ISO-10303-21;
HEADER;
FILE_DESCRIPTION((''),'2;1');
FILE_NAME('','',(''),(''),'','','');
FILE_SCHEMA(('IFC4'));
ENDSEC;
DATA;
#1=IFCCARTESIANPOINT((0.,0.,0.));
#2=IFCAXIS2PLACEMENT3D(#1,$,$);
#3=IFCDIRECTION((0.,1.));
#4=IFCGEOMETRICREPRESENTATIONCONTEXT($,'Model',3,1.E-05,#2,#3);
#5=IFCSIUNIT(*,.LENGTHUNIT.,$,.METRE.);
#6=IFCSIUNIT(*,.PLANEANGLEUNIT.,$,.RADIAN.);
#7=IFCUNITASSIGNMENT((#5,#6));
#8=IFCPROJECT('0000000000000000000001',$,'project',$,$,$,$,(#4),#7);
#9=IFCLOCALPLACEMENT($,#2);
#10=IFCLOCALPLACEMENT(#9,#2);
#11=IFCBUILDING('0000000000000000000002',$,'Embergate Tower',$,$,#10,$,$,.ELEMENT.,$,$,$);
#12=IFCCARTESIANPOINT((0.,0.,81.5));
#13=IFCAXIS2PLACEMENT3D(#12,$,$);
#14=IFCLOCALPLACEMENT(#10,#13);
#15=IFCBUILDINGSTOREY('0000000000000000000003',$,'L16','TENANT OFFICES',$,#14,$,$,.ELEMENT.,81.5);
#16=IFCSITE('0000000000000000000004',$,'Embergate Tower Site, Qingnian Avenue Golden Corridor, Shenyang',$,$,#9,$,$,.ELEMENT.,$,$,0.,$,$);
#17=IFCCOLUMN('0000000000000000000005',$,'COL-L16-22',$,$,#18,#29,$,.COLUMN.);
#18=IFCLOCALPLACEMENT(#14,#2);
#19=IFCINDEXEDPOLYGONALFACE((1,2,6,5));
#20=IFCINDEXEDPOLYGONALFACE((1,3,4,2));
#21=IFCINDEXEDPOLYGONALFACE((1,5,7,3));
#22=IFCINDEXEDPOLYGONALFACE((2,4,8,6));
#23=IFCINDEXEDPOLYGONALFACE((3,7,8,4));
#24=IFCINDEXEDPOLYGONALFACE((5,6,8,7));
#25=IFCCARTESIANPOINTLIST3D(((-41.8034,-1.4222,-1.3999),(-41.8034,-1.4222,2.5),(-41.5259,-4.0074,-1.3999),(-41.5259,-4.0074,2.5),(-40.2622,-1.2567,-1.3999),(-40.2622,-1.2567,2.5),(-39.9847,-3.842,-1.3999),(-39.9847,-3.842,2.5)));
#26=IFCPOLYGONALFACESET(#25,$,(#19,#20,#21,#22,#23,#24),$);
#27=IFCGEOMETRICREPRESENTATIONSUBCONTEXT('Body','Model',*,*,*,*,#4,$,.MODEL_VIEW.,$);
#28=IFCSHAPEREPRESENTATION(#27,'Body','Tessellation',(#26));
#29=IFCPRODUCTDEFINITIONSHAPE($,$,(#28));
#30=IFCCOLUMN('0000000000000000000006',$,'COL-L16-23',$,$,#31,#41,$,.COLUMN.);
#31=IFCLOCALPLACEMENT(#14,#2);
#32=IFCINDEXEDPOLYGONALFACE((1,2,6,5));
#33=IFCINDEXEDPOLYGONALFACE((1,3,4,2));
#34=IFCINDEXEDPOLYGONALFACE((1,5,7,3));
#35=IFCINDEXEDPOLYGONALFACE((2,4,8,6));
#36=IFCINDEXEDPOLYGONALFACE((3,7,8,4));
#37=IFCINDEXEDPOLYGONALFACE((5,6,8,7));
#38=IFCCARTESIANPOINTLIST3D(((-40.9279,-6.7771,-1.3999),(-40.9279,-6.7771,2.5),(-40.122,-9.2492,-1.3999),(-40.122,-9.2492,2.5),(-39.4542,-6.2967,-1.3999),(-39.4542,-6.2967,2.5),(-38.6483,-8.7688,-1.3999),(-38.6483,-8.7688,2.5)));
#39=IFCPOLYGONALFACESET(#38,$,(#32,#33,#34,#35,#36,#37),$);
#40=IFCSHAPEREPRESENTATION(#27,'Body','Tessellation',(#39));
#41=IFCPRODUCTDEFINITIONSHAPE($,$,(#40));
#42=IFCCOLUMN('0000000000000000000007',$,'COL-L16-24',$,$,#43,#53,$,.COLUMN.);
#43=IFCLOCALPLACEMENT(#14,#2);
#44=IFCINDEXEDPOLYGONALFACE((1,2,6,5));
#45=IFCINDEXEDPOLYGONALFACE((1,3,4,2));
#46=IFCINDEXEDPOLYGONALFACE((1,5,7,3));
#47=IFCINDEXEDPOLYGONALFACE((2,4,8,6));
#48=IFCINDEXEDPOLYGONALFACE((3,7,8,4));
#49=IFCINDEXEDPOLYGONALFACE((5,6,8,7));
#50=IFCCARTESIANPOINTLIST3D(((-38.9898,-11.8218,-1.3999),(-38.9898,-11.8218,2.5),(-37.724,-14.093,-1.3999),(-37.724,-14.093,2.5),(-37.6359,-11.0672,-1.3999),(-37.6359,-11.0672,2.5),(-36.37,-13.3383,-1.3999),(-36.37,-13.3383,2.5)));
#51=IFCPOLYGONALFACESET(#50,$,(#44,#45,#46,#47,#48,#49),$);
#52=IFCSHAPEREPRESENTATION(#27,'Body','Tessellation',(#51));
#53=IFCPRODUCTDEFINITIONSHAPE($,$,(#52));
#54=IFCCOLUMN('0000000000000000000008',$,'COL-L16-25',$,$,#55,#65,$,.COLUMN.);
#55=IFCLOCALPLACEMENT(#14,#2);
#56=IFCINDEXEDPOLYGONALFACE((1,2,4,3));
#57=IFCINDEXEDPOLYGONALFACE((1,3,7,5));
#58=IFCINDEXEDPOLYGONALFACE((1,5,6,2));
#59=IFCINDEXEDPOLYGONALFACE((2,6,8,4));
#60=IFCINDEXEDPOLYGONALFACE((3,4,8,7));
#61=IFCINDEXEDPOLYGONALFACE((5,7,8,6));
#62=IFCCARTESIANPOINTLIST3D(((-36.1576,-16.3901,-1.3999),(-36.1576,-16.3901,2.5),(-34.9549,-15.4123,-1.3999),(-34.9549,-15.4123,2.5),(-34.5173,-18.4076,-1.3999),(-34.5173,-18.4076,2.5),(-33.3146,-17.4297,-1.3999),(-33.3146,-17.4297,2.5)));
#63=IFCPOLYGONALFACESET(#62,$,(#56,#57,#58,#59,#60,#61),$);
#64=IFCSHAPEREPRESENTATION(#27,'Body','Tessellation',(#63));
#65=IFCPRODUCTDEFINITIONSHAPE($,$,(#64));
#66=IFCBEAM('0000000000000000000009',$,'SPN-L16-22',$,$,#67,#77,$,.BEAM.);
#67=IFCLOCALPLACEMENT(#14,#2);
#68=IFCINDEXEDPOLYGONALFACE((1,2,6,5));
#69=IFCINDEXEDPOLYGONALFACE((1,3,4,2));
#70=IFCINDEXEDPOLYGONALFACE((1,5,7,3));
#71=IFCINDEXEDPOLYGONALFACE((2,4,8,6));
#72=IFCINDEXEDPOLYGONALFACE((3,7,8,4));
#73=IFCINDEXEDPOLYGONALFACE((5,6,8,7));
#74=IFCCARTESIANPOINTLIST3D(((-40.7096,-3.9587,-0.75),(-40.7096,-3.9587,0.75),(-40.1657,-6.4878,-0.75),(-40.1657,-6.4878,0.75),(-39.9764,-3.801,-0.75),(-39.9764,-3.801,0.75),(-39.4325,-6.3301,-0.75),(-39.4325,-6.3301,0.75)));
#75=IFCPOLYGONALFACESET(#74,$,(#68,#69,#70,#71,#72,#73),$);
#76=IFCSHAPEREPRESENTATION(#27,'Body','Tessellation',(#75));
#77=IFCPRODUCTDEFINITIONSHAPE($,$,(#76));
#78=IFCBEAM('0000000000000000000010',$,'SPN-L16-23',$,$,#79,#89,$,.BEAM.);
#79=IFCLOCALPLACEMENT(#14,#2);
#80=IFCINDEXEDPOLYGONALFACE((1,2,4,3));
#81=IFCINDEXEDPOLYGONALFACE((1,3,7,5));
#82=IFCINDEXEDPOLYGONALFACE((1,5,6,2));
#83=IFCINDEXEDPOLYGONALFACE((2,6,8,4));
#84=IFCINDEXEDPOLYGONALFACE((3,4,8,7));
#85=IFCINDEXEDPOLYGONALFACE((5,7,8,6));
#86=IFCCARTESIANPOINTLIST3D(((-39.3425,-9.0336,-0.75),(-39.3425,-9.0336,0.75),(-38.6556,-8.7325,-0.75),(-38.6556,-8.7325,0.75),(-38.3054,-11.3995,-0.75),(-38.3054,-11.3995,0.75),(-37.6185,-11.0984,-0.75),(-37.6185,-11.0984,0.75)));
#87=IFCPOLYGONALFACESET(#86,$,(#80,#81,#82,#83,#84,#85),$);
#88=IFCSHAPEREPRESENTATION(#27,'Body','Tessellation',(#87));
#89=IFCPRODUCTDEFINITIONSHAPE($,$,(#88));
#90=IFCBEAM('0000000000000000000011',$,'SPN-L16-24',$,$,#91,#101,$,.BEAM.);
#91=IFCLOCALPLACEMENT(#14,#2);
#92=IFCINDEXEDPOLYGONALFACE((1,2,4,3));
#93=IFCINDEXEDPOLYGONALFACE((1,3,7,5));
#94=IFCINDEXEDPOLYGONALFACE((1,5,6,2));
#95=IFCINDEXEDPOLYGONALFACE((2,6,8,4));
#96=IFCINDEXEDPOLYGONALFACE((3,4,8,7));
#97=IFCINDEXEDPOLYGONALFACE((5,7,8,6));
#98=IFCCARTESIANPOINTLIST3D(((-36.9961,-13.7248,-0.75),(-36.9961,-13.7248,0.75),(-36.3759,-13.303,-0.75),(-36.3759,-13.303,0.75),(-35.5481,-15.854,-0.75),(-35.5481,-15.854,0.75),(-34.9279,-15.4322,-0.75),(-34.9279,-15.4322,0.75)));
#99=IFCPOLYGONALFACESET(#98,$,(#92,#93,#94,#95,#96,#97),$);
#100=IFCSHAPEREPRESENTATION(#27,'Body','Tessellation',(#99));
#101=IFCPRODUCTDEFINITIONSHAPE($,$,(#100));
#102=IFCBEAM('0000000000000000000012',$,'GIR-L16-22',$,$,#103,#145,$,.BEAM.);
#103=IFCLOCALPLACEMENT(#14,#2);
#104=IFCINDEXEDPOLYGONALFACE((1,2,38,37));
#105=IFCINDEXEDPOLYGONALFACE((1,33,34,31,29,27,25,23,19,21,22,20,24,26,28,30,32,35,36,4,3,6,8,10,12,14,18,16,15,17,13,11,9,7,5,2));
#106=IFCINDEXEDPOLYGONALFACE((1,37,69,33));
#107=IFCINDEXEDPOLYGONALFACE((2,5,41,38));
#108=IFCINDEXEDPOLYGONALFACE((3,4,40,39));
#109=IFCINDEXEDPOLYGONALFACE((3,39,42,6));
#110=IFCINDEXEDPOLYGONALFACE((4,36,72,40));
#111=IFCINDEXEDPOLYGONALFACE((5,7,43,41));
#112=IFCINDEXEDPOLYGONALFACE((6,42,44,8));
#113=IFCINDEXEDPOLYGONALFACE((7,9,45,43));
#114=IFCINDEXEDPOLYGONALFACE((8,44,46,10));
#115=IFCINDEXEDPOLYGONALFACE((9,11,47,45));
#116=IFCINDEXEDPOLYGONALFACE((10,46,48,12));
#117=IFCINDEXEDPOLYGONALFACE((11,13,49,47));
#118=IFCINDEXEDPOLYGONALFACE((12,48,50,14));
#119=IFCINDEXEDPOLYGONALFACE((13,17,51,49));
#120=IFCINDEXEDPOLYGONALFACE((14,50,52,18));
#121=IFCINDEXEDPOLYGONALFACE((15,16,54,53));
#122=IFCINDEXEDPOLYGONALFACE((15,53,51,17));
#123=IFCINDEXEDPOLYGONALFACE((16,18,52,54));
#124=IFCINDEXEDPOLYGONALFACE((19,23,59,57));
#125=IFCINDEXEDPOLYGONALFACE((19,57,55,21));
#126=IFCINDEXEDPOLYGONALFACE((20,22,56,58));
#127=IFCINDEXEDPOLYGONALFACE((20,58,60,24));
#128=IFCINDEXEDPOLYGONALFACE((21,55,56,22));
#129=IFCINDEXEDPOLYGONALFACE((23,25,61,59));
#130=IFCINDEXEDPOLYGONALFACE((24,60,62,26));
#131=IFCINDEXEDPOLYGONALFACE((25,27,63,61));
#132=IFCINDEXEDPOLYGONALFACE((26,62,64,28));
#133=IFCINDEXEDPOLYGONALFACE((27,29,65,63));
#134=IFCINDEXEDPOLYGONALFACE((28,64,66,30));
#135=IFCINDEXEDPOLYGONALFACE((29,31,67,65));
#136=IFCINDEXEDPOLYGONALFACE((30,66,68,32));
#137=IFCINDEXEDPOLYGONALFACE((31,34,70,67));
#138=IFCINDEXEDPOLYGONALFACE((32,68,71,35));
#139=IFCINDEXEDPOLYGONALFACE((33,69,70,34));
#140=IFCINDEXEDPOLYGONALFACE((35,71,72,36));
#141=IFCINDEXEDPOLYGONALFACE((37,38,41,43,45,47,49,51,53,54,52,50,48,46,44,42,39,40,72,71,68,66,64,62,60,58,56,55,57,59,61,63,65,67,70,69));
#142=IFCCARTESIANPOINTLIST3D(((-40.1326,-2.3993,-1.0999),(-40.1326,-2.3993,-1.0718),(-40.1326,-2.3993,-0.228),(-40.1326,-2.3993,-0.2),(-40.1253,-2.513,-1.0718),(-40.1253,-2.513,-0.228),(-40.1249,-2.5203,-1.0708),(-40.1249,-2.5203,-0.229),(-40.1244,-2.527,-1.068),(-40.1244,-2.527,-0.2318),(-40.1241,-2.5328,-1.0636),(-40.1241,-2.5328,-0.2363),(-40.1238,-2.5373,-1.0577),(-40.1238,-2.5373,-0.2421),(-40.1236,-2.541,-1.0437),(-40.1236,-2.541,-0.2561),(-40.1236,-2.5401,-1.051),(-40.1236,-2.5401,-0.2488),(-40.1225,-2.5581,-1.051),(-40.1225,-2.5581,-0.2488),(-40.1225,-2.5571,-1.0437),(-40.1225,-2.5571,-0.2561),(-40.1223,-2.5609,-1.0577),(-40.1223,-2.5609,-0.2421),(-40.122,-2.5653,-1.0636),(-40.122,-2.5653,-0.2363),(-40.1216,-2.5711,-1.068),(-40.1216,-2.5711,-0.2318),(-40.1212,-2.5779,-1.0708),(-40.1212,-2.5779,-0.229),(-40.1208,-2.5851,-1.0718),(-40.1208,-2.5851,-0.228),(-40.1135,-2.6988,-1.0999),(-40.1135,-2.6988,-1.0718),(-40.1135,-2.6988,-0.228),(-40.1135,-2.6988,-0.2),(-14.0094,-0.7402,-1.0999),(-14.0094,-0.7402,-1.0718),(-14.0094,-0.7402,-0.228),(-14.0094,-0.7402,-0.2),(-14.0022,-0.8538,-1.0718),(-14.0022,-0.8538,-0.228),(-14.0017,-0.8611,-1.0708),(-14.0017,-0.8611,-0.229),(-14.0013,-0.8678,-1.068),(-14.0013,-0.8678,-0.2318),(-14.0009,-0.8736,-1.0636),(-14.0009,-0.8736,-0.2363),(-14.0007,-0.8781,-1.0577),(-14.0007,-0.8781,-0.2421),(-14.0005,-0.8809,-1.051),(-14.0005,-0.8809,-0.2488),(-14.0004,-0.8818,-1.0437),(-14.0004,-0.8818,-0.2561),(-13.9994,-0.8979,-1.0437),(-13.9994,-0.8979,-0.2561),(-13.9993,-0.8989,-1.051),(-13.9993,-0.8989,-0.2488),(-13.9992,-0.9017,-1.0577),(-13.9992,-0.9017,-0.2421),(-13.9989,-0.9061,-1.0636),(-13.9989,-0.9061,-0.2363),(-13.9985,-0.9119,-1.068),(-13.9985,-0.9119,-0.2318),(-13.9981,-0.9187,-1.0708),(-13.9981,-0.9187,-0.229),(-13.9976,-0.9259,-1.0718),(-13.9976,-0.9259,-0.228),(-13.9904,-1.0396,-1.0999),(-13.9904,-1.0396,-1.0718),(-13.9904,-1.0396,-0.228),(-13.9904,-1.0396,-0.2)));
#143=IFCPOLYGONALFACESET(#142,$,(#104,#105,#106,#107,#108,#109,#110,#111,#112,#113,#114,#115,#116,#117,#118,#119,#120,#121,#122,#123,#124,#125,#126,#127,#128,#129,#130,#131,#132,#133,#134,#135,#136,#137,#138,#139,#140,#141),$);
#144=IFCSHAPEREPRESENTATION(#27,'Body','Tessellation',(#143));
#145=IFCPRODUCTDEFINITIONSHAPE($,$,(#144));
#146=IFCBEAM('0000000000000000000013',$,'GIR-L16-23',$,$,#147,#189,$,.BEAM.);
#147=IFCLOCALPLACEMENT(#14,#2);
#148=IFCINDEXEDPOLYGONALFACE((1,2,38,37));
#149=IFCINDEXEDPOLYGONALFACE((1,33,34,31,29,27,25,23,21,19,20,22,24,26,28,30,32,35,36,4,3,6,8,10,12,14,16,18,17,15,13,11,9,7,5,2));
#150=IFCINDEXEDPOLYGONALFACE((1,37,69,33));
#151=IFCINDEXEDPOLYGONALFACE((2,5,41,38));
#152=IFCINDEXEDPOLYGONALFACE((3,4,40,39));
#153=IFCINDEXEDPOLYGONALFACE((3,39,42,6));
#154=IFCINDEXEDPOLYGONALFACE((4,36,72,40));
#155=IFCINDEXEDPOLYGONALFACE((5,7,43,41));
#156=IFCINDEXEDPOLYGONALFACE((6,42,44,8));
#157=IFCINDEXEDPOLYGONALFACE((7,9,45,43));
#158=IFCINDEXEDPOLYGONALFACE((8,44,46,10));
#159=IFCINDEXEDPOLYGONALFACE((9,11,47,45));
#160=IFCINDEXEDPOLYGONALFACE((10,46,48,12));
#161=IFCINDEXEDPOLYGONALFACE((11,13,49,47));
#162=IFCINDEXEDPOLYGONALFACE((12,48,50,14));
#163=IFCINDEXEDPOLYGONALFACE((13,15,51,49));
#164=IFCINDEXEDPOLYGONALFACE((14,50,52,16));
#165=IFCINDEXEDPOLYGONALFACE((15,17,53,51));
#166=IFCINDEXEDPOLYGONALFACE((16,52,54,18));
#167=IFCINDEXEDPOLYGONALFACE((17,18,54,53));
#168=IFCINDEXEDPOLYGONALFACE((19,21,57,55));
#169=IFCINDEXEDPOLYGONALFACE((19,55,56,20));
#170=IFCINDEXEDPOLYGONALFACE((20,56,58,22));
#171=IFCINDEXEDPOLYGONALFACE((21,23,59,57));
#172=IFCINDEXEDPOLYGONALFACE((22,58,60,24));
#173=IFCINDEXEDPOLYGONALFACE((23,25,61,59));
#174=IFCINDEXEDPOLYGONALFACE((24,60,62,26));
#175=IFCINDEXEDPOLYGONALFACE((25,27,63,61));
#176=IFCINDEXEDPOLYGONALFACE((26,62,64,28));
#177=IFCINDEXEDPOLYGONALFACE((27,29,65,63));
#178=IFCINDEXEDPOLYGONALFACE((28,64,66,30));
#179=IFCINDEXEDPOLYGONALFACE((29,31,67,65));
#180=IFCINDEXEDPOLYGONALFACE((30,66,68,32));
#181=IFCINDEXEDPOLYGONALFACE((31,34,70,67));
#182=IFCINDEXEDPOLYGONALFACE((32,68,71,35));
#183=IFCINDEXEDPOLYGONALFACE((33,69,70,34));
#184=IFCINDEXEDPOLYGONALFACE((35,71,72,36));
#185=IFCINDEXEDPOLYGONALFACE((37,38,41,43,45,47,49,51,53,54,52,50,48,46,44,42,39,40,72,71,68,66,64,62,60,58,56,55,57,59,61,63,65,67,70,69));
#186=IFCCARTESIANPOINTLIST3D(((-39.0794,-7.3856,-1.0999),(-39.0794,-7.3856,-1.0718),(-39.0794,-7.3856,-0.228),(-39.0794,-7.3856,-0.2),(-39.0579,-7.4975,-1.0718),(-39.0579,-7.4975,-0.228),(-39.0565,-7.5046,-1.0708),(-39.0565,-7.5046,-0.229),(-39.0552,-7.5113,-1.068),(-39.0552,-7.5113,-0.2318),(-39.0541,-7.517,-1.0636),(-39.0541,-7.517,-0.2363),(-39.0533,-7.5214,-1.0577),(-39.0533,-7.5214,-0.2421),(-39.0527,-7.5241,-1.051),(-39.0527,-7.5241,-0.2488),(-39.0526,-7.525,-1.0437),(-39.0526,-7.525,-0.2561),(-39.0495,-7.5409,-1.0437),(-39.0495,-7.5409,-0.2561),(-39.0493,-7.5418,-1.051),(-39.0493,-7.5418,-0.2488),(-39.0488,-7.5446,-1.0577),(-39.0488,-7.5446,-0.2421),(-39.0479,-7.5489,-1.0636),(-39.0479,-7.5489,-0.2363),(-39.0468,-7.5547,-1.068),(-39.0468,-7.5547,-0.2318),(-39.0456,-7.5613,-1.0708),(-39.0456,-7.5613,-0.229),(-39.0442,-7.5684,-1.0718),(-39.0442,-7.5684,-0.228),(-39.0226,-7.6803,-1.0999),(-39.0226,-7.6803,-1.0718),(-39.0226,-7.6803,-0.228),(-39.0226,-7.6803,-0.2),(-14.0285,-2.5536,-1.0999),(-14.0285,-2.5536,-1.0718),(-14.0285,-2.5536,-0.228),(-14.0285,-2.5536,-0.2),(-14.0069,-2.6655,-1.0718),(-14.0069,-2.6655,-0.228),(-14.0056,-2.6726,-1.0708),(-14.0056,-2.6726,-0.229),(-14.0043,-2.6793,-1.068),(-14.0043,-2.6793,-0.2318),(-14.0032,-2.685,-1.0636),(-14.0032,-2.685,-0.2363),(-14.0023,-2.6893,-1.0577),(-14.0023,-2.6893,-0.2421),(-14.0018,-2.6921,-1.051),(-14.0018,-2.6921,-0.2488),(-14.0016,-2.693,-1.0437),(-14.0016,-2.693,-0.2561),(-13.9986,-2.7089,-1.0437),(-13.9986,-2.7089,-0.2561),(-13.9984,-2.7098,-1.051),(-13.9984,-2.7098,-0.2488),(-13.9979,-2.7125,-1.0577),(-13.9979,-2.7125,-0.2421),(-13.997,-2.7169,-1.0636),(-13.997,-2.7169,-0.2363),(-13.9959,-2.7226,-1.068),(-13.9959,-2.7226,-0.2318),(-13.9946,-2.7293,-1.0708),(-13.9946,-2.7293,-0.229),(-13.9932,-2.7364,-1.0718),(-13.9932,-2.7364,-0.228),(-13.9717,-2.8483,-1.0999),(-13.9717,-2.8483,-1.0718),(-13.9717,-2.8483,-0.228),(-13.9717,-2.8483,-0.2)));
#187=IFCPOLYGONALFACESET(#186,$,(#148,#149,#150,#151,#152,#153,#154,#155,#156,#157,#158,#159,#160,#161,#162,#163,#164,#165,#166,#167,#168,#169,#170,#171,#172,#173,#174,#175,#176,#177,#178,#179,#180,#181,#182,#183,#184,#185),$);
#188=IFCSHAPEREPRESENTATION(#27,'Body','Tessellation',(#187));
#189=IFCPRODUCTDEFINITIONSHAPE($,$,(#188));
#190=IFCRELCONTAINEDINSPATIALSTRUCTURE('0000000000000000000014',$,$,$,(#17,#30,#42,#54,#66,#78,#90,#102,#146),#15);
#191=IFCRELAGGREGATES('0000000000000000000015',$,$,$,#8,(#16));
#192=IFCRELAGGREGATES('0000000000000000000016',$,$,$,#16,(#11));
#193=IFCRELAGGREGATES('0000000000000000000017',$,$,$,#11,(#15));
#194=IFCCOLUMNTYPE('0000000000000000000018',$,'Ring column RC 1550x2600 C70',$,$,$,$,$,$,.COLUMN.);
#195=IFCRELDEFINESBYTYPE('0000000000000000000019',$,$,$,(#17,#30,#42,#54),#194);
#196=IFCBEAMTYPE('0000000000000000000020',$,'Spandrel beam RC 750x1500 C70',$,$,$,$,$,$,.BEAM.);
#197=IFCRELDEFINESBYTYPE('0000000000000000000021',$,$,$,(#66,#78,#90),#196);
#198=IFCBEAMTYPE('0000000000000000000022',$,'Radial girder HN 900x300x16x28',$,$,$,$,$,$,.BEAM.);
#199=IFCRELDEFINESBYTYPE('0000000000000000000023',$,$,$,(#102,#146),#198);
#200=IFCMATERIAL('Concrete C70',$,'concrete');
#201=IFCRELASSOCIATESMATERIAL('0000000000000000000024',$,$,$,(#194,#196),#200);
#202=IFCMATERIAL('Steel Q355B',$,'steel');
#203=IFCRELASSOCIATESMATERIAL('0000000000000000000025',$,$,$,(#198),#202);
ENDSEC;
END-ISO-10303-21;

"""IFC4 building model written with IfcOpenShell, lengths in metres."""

from ifc_helpers import new_model, si_unit, direction, frame, origin, origin_2d, place, context, subcontext, project, spatial, rectangle, i_section, extrude, source, transform, mapped, material, material_profile, profile_set, type_object, element, save


model = new_model("IFC4")

# Units and contexts
model_context = context("Model", 3, precision=1e-05, world=origin(), true_north=direction((0.0, 1.0)))
body_context = subcontext(model_context, "Body", "Model", "MODEL_VIEW")
ifc_project = project(units=[si_unit("LENGTHUNIT", "METRE"), si_unit("PLANEANGLEUNIT", "RADIAN")], contexts=[model_context])

# Site, building, storey
site_placement = place(None, origin())
site = spatial("IfcSite", under=ifc_project, at=site_placement, Name="Embergate Tower Site, Qingnian Avenue Golden Corridor, Shenyang", CompositionType="ELEMENT", RefElevation=0.0)
building_placement = place(site_placement, origin())
building = spatial("IfcBuilding", under=site, at=building_placement, Name="Embergate Tower", CompositionType="ELEMENT")
storey_placement = place(building_placement, frame((0.0, 0.0, 81.5)))
storey = spatial("IfcBuildingStorey", under=building, at=storey_placement, Name="L16", Description="TENANT OFFICES", CompositionType="ELEMENT", Elevation=81.5)

# Columns
ifc_material_1 = material(Name="Concrete C70", Category="concrete")
ifc_material_profile_1 = material_profile(ifc_material_1, rectangle(XDim=1.55, YDim=2.6001, at=origin_2d()), Name="RC 1550x2600")
ifc_profile_set_1 = profile_set([ifc_material_profile_1], Name="Concrete C70")
column_type = type_object("IfcColumnType", Name="Ring column RC 1550x2600 C70", PredefinedType="COLUMN", material=ifc_profile_set_1)
shared_shape_1 = source(origin(), body_context, "Body", "SweptSolid", [
    extrude(rectangle(XDim=1.55, YDim=2.6001, at=origin_2d()), origin(), (0.0, 0.0, 1.0), 3.8999),
])
for number, where, z_axis, x_axis, name in (
    (1, (-40.894, -2.6321, -1.3999), (0.0, 0.0, 1.0), (-0.994286, -0.10675, 0.0), "COL-L16-22"),
    (2, (-39.7881, -7.7729, -1.3999), (0.0, 0.0, 1.0), (-0.950754, -0.309946, 0.0), "COL-L16-23"),
    (3, (-37.6799, -12.5801, -1.3999), (0.0, 0.0, 1.0), (-0.873492, -0.486839, 0.0), "COL-L16-24"),
    (4, (-34.7361, -16.9099, -1.3999), (0.0, 0.0, 1.0), (-0.775914, -0.630838, 0.0), "COL-L16-25"),
):
    element("IfcColumn", number, at=place(storey_placement, frame(where, z_axis=z_axis, x_axis=x_axis)), inside=storey, type_object=column_type, Name=name, PredefinedType="COLUMN", context=body_context, shape_type="MappedRepresentation", body=[
        mapped(shared_shape_1, transform((0.0, 0.0, 0.0))),
    ])

# Beams
ifc_material_profile_2 = material_profile(ifc_material_1, rectangle(XDim=0.75, YDim=1.5, at=origin_2d()), Name="RC 750x1500")
ifc_profile_set_2 = profile_set([ifc_material_profile_2], Name="Concrete C70")
beam_type_1 = type_object("IfcBeamType", Name="Spandrel beam RC 750x1500 C70", PredefinedType="BEAM", material=ifc_profile_set_2)
shared_shape_2 = source(origin(), body_context, "Body", "SweptSolid", [
    extrude(rectangle(XDim=0.75, YDim=1.5, at=origin_2d()), origin(), (0.0, 0.0, 1.0), 2.5869),
])
beam_1_placement = place(storey_placement, frame((-40.343, -3.8799, 0.0), z_axis=(0.21027, -0.977643, 0.0), x_axis=(0.977643, 0.21027, 0.0)))
element("IfcBeam", 5, at=beam_1_placement, inside=storey, type_object=beam_type_1, Name="SPN-L16-22", PredefinedType="BEAM", context=body_context, shape_type="MappedRepresentation", body=[
    mapped(shared_shape_2, transform((0.0, 0.0, 0.0))),
])
shared_shape_3 = source(origin(), body_context, "Body", "SweptSolid", [
    extrude(rectangle(XDim=0.75, YDim=1.5, at=origin_2d()), origin(), (0.0, 0.0, 1.0), 2.5833),
])
beam_2_placement = place(storey_placement, frame((-38.999, -8.8831, 0.0), z_axis=(0.401468, -0.915873, 0.0), x_axis=(0.915873, 0.401468, 0.0)))
element("IfcBeam", 6, at=beam_2_placement, inside=storey, type_object=beam_type_1, Name="SPN-L16-23", PredefinedType="BEAM", context=body_context, shape_type="MappedRepresentation", body=[
    mapped(shared_shape_3, transform((0.0, 0.0, 0.0))),
])
shared_shape_4 = source(origin(), body_context, "Body", "SweptSolid", [
    extrude(rectangle(XDim=0.75, YDim=1.5, at=origin_2d()), origin(), (0.0, 0.0, 1.0), 2.575),
])
beam_3_placement = place(storey_placement, frame((-36.686, -13.5139, 0.0), z_axis=(0.562357, -0.826895, 0.0), x_axis=(0.826895, 0.562357, 0.0)))
element("IfcBeam", 7, at=beam_3_placement, inside=storey, type_object=beam_type_1, Name="SPN-L16-24", PredefinedType="BEAM", context=body_context, shape_type="MappedRepresentation", body=[
    mapped(shared_shape_4, transform((0.0, 0.0, 0.0))),
])
ifc_material_2 = material(Name="Steel Q355B", Category="steel")
ifc_material_profile_3 = material_profile(ifc_material_2, i_section(OverallWidth=0.3, OverallDepth=0.8999, WebThickness=0.0161, FlangeThickness=0.0281, FilletRadius=0.0281, at=origin_2d()), Name="HN 900x300x16x28")
ifc_profile_set_3 = profile_set([ifc_material_profile_3], Name="Steel Q355 grade B")
beam_type_2 = type_object("IfcBeamType", Name="Radial girder HN 900x300x16x28", PredefinedType="BEAM", material=ifc_profile_set_3)
shared_shape_5 = source(origin(), body_context, "Body", "SweptSolid", [
    extrude(i_section(OverallWidth=0.3, OverallDepth=0.8999, WebThickness=0.0161, FlangeThickness=0.0281, FilletRadius=0.0281, at=origin_2d()), origin(), (0.0, 0.0, 1.0), 26.1758),
])
beam_4_placement = place(storey_placement, frame((-40.123, -2.5491, -0.6499), z_axis=(0.997989, 0.063386, 0.0), x_axis=(-0.063386, 0.997989, 0.0)))
element("IfcBeam", 8, at=beam_4_placement, inside=storey, type_object=beam_type_2, Name="GIR-L16-22", PredefinedType="BEAM", context=body_context, shape_type="MappedRepresentation", body=[
    mapped(shared_shape_5, transform((0.0, 0.0, 0.0))),
])
shared_shape_6 = source(origin(), body_context, "Body", "SweptSolid", [
    extrude(i_section(OverallWidth=0.3, OverallDepth=0.8999, WebThickness=0.0161, FlangeThickness=0.0281, FilletRadius=0.0281, at=origin_2d()), origin(), (0.0, 0.0, 1.0), 25.5127),
])
beam_5_placement = place(storey_placement, frame((-39.051, -7.533, -0.6499), z_axis=(0.981901, 0.189396, 0.0), x_axis=(-0.189396, 0.981901, 0.0)))
element("IfcBeam", 9, at=beam_5_placement, inside=storey, type_object=beam_type_2, Name="GIR-L16-23", PredefinedType="BEAM", context=body_context, shape_type="MappedRepresentation", body=[
    mapped(shared_shape_6, transform((0.0, 0.0, 0.0))),
])

save(model, "model.ifc")
